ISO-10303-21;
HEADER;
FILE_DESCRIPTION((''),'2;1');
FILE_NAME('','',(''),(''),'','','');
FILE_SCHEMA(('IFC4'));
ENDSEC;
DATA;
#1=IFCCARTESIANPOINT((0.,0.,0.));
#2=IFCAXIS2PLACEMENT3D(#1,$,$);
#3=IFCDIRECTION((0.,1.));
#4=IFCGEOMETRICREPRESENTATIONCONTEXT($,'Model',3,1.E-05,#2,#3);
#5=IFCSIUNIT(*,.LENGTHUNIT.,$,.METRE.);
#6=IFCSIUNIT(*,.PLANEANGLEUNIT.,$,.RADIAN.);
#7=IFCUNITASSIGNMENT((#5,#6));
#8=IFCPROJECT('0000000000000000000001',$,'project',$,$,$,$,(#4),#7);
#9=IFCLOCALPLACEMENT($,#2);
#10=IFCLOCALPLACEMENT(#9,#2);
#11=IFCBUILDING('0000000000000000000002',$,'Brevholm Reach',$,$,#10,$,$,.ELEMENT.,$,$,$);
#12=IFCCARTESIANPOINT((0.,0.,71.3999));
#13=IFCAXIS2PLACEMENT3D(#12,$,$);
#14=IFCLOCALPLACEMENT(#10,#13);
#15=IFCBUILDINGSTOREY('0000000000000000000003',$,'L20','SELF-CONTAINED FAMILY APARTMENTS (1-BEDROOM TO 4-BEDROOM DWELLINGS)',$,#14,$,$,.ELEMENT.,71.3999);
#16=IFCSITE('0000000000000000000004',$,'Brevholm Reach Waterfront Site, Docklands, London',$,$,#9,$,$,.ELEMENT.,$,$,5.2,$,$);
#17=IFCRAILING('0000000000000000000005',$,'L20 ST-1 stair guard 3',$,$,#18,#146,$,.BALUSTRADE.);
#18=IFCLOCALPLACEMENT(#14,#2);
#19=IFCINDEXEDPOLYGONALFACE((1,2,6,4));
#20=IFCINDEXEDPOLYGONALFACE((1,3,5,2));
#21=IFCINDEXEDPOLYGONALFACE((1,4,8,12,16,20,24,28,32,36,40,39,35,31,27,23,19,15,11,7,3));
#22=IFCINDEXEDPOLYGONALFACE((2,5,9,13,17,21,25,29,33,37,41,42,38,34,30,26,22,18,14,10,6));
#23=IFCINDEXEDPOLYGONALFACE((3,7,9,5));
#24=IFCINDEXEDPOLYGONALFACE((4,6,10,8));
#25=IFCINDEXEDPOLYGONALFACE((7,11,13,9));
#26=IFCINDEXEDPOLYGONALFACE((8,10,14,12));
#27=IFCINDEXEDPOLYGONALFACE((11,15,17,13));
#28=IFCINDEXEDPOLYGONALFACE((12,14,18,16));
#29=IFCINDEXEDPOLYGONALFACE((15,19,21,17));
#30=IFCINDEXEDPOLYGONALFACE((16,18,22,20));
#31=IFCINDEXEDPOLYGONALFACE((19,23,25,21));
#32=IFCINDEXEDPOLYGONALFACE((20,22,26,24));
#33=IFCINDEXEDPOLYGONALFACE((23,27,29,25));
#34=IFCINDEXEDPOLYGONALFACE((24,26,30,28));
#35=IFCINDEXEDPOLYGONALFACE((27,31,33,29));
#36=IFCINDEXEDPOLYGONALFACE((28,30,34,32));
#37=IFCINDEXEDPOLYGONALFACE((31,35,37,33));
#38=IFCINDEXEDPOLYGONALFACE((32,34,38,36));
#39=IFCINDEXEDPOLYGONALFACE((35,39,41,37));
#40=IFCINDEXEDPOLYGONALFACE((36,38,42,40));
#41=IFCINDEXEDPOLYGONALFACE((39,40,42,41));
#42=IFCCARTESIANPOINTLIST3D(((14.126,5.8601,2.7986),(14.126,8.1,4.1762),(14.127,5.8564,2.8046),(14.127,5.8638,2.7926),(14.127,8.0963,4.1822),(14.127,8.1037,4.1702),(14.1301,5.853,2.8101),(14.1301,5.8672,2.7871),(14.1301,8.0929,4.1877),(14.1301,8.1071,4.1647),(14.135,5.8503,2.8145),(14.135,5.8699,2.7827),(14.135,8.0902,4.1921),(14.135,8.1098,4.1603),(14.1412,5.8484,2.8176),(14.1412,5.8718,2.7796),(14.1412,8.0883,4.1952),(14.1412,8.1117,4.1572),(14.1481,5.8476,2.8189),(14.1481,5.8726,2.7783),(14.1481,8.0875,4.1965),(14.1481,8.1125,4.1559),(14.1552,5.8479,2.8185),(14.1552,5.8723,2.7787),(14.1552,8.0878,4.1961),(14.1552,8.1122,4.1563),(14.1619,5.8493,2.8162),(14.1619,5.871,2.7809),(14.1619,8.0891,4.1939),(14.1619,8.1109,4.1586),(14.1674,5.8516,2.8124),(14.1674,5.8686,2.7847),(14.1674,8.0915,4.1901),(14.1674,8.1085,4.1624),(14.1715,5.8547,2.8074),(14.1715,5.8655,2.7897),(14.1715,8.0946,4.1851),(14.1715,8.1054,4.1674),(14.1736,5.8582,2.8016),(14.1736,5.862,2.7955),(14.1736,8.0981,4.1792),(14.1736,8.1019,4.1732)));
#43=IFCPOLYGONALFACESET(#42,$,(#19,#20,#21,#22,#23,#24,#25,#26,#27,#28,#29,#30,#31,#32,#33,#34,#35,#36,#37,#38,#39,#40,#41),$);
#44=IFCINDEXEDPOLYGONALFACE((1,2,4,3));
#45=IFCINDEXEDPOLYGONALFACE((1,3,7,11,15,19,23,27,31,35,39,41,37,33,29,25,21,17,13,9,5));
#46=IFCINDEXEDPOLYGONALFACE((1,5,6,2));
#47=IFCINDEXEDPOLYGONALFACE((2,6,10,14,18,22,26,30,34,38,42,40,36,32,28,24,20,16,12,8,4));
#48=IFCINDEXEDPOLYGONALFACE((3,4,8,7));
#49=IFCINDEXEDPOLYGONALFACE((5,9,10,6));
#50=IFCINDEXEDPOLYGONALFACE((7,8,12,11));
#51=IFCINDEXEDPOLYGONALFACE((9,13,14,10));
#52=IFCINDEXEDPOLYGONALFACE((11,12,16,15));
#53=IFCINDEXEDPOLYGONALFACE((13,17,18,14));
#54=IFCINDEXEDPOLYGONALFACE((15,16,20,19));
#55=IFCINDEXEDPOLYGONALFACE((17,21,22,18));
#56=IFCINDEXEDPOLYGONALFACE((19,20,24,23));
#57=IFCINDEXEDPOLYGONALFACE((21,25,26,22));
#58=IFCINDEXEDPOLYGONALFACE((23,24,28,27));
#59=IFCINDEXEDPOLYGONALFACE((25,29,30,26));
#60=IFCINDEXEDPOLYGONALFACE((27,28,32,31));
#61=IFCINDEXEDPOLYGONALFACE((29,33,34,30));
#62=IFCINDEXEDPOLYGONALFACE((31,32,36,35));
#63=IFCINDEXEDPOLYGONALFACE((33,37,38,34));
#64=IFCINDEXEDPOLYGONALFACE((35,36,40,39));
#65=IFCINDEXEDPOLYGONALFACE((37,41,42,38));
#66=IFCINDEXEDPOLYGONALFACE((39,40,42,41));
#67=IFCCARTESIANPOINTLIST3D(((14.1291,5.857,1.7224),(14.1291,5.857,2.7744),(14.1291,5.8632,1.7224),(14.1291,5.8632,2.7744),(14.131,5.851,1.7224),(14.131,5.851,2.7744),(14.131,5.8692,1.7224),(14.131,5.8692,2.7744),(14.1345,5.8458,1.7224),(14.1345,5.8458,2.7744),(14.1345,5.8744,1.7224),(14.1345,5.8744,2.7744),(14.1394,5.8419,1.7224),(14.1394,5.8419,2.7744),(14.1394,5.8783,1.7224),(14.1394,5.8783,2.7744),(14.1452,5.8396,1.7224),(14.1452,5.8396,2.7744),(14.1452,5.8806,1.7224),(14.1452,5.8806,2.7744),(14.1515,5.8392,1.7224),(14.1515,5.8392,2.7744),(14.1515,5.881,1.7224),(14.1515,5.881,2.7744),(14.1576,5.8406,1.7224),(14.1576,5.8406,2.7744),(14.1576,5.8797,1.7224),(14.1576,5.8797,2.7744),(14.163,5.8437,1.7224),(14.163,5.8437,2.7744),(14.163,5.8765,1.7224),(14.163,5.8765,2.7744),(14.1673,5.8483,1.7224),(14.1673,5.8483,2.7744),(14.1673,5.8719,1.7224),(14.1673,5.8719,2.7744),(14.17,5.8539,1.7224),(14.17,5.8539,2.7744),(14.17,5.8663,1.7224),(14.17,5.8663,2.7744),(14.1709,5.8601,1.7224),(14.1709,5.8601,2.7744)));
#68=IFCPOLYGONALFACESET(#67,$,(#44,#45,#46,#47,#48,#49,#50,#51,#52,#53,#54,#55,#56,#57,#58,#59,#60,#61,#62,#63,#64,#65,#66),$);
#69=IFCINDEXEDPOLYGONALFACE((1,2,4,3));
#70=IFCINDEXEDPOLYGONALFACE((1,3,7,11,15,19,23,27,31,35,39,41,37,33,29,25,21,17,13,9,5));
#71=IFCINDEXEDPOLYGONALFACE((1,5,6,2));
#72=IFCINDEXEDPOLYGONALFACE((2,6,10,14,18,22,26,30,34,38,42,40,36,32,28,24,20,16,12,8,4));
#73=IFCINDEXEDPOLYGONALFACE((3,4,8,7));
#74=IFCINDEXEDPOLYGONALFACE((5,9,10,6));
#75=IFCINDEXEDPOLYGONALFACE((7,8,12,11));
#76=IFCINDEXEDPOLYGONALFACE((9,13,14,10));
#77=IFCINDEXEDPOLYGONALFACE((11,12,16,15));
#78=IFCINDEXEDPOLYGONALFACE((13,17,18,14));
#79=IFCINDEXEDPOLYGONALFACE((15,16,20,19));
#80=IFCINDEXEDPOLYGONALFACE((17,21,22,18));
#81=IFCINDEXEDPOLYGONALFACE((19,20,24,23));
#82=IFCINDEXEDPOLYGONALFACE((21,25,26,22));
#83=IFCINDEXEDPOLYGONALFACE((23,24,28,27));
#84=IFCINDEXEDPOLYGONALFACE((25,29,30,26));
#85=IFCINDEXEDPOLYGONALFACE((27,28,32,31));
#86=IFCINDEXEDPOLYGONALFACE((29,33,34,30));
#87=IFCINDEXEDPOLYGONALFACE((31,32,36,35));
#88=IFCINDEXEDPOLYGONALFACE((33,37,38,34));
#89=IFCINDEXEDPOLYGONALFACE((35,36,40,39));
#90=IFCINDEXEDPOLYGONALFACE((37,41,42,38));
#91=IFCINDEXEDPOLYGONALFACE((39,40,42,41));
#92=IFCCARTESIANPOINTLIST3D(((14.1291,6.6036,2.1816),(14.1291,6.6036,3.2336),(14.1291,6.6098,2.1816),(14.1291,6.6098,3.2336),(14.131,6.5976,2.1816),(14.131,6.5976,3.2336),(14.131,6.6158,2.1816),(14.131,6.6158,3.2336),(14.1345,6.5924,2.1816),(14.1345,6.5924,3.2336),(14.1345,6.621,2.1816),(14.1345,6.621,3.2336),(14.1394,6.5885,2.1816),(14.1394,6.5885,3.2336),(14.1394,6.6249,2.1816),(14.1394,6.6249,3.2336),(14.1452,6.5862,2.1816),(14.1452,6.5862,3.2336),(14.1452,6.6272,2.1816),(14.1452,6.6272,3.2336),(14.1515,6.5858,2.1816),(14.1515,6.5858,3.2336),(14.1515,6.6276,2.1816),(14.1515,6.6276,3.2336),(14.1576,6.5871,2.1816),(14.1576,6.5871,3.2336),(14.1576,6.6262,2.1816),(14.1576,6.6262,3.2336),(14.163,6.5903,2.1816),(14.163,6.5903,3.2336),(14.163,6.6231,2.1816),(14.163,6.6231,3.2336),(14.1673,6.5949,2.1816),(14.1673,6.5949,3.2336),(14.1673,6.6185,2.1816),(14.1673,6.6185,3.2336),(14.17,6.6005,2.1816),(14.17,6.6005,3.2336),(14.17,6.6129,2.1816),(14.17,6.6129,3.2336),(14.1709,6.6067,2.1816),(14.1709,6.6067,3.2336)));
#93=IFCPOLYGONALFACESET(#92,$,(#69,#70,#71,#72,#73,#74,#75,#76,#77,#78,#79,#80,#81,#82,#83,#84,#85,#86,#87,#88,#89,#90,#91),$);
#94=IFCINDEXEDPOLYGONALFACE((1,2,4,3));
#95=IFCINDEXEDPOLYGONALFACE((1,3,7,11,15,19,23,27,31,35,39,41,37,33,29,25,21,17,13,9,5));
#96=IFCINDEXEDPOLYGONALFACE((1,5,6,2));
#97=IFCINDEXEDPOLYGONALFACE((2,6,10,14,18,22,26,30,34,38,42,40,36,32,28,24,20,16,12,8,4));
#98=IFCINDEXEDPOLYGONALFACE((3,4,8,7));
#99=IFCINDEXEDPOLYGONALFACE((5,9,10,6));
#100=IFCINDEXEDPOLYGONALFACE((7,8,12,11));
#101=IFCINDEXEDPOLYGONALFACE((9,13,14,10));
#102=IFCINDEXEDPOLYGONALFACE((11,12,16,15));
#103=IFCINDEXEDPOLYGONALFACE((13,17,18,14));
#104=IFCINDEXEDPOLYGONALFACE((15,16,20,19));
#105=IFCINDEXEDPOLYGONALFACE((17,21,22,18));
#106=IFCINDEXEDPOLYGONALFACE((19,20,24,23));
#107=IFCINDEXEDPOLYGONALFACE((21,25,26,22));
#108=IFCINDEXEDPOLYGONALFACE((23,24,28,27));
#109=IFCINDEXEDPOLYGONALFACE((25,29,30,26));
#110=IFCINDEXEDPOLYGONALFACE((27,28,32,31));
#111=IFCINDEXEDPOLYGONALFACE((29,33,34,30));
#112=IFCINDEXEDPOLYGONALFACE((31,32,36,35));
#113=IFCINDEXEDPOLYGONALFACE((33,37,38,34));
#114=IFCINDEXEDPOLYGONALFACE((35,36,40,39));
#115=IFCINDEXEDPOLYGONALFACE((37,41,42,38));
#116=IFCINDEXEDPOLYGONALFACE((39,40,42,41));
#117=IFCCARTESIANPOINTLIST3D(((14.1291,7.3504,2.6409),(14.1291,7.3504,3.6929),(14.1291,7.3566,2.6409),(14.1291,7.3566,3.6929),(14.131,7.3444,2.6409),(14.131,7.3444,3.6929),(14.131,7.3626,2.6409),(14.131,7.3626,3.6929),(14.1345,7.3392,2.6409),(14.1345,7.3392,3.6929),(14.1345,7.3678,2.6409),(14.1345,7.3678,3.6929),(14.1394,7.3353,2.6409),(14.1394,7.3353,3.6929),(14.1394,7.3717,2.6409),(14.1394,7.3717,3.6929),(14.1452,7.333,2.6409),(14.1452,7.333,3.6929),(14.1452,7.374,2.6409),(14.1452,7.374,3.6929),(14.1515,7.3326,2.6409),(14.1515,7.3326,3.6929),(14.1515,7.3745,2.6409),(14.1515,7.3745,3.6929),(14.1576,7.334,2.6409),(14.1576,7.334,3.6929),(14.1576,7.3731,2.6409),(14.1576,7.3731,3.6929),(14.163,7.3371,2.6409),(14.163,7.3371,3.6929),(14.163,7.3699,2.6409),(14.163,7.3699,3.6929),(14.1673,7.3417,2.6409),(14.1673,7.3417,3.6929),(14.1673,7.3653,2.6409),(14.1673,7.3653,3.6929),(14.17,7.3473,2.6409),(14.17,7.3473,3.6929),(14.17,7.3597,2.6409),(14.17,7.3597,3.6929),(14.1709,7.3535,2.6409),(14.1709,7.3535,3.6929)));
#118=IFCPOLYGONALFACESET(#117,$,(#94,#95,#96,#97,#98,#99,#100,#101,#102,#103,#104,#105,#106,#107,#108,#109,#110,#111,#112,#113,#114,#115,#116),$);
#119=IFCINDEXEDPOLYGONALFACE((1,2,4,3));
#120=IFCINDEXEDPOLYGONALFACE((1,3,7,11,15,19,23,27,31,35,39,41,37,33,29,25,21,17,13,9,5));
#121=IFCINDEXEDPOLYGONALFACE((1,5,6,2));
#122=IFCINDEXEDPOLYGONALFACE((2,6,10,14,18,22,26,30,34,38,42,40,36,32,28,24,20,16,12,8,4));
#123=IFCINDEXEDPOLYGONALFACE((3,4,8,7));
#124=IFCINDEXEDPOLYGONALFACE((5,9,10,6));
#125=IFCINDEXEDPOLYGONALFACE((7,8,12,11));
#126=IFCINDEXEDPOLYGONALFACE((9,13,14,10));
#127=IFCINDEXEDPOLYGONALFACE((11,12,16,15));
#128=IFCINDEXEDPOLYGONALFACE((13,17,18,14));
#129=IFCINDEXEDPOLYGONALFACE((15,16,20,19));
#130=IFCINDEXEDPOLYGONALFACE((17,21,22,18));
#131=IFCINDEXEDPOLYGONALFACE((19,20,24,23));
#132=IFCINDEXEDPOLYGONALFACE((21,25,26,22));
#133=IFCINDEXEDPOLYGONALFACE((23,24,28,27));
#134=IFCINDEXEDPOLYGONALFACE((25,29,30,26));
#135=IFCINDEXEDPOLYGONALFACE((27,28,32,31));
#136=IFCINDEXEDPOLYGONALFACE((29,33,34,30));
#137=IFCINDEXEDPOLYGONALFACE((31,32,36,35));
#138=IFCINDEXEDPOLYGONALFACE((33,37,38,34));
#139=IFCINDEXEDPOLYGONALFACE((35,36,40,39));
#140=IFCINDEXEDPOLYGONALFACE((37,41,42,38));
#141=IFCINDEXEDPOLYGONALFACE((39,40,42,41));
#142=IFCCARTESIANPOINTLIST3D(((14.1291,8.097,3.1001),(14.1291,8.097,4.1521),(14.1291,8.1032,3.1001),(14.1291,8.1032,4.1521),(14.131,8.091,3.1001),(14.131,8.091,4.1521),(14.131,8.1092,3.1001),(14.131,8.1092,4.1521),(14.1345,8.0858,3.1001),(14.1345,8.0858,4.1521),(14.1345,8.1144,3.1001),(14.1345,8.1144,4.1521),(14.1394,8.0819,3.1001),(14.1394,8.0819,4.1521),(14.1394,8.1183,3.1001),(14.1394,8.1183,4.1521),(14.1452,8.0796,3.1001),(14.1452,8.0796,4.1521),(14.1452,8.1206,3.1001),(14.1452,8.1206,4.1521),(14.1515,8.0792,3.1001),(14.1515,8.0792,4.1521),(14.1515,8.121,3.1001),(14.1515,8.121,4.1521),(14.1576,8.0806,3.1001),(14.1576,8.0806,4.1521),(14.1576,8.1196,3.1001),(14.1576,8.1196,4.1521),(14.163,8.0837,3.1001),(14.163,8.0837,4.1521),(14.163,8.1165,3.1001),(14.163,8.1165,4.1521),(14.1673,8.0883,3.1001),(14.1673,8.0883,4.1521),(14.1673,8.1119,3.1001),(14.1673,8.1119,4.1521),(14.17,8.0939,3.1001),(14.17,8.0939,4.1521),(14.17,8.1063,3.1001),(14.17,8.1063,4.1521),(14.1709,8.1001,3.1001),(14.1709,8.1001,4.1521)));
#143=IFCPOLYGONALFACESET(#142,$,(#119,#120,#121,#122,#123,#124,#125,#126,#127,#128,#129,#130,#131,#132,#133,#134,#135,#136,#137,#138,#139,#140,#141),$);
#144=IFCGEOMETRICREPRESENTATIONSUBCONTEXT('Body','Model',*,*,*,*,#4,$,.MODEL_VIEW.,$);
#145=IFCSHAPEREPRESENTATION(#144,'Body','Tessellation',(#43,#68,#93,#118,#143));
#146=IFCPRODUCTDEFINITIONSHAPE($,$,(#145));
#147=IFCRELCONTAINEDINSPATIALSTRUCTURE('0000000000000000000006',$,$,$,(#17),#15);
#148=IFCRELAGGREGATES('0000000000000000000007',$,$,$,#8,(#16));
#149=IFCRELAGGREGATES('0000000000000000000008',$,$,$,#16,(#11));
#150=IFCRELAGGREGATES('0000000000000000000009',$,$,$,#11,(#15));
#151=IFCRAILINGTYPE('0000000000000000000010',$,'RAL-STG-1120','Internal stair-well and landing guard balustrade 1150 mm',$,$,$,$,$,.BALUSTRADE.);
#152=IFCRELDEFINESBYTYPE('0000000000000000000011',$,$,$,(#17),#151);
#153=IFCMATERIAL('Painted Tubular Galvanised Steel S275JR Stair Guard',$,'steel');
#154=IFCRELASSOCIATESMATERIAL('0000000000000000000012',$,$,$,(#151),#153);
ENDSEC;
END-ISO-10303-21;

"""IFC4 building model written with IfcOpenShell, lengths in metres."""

from ifc_helpers import new_model, si_unit, direction, frame, origin, origin_2d, place, context, subcontext, project, spatial, circle, extrude, material, type_object, element, save


model = new_model("IFC4")

# Units and contexts
model_context = context("Model", 3, precision=1e-05, world=origin(), true_north=direction((0.0, 1.0)))
body_context = subcontext(model_context, "Body", "Model", "MODEL_VIEW")
ifc_project = project(units=[si_unit("LENGTHUNIT", "METRE"), si_unit("PLANEANGLEUNIT", "RADIAN")], contexts=[model_context])

# Site, building, storey
site_placement = place(None, origin())
site = spatial("IfcSite", under=ifc_project, at=site_placement, Name="Brevholm Reach Waterfront Site, Docklands, London", CompositionType="ELEMENT", RefElevation=5.2)
building_placement = place(site_placement, origin())
building = spatial("IfcBuilding", under=site, at=building_placement, Name="Brevholm Reach", CompositionType="ELEMENT")
storey_placement = place(building_placement, frame((0.0, 0.0, 71.3999)))
storey = spatial("IfcBuildingStorey", under=building, at=storey_placement, Name="L20", Description="SELF-CONTAINED FAMILY APARTMENTS (1-BEDROOM TO 4-BEDROOM DWELLINGS)", CompositionType="ELEMENT", Elevation=71.3999)

# Railing
ifc_material_1 = material(Name="Painted Tubular Galvanised Steel S275JR Stair Guard", Category="steel")
railing_type_1 = type_object("IfcRailingType", Name="RAL-STG-1120", Description="Internal stair-well and landing guard balustrade 1150 mm", PredefinedType="BALUSTRADE", material=ifc_material_1)
railing_1_placement = place(storey_placement, frame((14.1499, 5.8601, 1.7224)))
element("IfcRailing", 1, at=railing_1_placement, inside=storey, type_object=railing_type_1, Name="L20 ST-1 stair guard 3", PredefinedType="BALUSTRADE", context=body_context, shape_type="SweptSolid", body=[
    extrude(circle(Radius=0.0239, at=origin_2d()), frame((0.0, 0.0, 1.0762), z_axis=(0.0, 0.851789, 0.523885), x_axis=(-1.0, 0.0, 0.0)), (0.0, 0.0, 1.0), 2.6296),
    extrude(circle(Radius=0.021, at=origin_2d()), origin(), (0.0, 0.0, 1.0), 1.052),
    extrude(circle(Radius=0.021, at=origin_2d()), frame((0.0, 0.7466, 0.4592)), (0.0, 0.0, 1.0), 1.052),
    extrude(circle(Radius=0.021, at=origin_2d()), frame((0.0, 1.4934, 0.9185)), (0.0, 0.0, 1.0), 1.052),
    extrude(circle(Radius=0.021, at=origin_2d()), frame((0.0, 2.24, 1.3777)), (0.0, 0.0, 1.0), 1.052),
])

save(model, "model.ifc")
